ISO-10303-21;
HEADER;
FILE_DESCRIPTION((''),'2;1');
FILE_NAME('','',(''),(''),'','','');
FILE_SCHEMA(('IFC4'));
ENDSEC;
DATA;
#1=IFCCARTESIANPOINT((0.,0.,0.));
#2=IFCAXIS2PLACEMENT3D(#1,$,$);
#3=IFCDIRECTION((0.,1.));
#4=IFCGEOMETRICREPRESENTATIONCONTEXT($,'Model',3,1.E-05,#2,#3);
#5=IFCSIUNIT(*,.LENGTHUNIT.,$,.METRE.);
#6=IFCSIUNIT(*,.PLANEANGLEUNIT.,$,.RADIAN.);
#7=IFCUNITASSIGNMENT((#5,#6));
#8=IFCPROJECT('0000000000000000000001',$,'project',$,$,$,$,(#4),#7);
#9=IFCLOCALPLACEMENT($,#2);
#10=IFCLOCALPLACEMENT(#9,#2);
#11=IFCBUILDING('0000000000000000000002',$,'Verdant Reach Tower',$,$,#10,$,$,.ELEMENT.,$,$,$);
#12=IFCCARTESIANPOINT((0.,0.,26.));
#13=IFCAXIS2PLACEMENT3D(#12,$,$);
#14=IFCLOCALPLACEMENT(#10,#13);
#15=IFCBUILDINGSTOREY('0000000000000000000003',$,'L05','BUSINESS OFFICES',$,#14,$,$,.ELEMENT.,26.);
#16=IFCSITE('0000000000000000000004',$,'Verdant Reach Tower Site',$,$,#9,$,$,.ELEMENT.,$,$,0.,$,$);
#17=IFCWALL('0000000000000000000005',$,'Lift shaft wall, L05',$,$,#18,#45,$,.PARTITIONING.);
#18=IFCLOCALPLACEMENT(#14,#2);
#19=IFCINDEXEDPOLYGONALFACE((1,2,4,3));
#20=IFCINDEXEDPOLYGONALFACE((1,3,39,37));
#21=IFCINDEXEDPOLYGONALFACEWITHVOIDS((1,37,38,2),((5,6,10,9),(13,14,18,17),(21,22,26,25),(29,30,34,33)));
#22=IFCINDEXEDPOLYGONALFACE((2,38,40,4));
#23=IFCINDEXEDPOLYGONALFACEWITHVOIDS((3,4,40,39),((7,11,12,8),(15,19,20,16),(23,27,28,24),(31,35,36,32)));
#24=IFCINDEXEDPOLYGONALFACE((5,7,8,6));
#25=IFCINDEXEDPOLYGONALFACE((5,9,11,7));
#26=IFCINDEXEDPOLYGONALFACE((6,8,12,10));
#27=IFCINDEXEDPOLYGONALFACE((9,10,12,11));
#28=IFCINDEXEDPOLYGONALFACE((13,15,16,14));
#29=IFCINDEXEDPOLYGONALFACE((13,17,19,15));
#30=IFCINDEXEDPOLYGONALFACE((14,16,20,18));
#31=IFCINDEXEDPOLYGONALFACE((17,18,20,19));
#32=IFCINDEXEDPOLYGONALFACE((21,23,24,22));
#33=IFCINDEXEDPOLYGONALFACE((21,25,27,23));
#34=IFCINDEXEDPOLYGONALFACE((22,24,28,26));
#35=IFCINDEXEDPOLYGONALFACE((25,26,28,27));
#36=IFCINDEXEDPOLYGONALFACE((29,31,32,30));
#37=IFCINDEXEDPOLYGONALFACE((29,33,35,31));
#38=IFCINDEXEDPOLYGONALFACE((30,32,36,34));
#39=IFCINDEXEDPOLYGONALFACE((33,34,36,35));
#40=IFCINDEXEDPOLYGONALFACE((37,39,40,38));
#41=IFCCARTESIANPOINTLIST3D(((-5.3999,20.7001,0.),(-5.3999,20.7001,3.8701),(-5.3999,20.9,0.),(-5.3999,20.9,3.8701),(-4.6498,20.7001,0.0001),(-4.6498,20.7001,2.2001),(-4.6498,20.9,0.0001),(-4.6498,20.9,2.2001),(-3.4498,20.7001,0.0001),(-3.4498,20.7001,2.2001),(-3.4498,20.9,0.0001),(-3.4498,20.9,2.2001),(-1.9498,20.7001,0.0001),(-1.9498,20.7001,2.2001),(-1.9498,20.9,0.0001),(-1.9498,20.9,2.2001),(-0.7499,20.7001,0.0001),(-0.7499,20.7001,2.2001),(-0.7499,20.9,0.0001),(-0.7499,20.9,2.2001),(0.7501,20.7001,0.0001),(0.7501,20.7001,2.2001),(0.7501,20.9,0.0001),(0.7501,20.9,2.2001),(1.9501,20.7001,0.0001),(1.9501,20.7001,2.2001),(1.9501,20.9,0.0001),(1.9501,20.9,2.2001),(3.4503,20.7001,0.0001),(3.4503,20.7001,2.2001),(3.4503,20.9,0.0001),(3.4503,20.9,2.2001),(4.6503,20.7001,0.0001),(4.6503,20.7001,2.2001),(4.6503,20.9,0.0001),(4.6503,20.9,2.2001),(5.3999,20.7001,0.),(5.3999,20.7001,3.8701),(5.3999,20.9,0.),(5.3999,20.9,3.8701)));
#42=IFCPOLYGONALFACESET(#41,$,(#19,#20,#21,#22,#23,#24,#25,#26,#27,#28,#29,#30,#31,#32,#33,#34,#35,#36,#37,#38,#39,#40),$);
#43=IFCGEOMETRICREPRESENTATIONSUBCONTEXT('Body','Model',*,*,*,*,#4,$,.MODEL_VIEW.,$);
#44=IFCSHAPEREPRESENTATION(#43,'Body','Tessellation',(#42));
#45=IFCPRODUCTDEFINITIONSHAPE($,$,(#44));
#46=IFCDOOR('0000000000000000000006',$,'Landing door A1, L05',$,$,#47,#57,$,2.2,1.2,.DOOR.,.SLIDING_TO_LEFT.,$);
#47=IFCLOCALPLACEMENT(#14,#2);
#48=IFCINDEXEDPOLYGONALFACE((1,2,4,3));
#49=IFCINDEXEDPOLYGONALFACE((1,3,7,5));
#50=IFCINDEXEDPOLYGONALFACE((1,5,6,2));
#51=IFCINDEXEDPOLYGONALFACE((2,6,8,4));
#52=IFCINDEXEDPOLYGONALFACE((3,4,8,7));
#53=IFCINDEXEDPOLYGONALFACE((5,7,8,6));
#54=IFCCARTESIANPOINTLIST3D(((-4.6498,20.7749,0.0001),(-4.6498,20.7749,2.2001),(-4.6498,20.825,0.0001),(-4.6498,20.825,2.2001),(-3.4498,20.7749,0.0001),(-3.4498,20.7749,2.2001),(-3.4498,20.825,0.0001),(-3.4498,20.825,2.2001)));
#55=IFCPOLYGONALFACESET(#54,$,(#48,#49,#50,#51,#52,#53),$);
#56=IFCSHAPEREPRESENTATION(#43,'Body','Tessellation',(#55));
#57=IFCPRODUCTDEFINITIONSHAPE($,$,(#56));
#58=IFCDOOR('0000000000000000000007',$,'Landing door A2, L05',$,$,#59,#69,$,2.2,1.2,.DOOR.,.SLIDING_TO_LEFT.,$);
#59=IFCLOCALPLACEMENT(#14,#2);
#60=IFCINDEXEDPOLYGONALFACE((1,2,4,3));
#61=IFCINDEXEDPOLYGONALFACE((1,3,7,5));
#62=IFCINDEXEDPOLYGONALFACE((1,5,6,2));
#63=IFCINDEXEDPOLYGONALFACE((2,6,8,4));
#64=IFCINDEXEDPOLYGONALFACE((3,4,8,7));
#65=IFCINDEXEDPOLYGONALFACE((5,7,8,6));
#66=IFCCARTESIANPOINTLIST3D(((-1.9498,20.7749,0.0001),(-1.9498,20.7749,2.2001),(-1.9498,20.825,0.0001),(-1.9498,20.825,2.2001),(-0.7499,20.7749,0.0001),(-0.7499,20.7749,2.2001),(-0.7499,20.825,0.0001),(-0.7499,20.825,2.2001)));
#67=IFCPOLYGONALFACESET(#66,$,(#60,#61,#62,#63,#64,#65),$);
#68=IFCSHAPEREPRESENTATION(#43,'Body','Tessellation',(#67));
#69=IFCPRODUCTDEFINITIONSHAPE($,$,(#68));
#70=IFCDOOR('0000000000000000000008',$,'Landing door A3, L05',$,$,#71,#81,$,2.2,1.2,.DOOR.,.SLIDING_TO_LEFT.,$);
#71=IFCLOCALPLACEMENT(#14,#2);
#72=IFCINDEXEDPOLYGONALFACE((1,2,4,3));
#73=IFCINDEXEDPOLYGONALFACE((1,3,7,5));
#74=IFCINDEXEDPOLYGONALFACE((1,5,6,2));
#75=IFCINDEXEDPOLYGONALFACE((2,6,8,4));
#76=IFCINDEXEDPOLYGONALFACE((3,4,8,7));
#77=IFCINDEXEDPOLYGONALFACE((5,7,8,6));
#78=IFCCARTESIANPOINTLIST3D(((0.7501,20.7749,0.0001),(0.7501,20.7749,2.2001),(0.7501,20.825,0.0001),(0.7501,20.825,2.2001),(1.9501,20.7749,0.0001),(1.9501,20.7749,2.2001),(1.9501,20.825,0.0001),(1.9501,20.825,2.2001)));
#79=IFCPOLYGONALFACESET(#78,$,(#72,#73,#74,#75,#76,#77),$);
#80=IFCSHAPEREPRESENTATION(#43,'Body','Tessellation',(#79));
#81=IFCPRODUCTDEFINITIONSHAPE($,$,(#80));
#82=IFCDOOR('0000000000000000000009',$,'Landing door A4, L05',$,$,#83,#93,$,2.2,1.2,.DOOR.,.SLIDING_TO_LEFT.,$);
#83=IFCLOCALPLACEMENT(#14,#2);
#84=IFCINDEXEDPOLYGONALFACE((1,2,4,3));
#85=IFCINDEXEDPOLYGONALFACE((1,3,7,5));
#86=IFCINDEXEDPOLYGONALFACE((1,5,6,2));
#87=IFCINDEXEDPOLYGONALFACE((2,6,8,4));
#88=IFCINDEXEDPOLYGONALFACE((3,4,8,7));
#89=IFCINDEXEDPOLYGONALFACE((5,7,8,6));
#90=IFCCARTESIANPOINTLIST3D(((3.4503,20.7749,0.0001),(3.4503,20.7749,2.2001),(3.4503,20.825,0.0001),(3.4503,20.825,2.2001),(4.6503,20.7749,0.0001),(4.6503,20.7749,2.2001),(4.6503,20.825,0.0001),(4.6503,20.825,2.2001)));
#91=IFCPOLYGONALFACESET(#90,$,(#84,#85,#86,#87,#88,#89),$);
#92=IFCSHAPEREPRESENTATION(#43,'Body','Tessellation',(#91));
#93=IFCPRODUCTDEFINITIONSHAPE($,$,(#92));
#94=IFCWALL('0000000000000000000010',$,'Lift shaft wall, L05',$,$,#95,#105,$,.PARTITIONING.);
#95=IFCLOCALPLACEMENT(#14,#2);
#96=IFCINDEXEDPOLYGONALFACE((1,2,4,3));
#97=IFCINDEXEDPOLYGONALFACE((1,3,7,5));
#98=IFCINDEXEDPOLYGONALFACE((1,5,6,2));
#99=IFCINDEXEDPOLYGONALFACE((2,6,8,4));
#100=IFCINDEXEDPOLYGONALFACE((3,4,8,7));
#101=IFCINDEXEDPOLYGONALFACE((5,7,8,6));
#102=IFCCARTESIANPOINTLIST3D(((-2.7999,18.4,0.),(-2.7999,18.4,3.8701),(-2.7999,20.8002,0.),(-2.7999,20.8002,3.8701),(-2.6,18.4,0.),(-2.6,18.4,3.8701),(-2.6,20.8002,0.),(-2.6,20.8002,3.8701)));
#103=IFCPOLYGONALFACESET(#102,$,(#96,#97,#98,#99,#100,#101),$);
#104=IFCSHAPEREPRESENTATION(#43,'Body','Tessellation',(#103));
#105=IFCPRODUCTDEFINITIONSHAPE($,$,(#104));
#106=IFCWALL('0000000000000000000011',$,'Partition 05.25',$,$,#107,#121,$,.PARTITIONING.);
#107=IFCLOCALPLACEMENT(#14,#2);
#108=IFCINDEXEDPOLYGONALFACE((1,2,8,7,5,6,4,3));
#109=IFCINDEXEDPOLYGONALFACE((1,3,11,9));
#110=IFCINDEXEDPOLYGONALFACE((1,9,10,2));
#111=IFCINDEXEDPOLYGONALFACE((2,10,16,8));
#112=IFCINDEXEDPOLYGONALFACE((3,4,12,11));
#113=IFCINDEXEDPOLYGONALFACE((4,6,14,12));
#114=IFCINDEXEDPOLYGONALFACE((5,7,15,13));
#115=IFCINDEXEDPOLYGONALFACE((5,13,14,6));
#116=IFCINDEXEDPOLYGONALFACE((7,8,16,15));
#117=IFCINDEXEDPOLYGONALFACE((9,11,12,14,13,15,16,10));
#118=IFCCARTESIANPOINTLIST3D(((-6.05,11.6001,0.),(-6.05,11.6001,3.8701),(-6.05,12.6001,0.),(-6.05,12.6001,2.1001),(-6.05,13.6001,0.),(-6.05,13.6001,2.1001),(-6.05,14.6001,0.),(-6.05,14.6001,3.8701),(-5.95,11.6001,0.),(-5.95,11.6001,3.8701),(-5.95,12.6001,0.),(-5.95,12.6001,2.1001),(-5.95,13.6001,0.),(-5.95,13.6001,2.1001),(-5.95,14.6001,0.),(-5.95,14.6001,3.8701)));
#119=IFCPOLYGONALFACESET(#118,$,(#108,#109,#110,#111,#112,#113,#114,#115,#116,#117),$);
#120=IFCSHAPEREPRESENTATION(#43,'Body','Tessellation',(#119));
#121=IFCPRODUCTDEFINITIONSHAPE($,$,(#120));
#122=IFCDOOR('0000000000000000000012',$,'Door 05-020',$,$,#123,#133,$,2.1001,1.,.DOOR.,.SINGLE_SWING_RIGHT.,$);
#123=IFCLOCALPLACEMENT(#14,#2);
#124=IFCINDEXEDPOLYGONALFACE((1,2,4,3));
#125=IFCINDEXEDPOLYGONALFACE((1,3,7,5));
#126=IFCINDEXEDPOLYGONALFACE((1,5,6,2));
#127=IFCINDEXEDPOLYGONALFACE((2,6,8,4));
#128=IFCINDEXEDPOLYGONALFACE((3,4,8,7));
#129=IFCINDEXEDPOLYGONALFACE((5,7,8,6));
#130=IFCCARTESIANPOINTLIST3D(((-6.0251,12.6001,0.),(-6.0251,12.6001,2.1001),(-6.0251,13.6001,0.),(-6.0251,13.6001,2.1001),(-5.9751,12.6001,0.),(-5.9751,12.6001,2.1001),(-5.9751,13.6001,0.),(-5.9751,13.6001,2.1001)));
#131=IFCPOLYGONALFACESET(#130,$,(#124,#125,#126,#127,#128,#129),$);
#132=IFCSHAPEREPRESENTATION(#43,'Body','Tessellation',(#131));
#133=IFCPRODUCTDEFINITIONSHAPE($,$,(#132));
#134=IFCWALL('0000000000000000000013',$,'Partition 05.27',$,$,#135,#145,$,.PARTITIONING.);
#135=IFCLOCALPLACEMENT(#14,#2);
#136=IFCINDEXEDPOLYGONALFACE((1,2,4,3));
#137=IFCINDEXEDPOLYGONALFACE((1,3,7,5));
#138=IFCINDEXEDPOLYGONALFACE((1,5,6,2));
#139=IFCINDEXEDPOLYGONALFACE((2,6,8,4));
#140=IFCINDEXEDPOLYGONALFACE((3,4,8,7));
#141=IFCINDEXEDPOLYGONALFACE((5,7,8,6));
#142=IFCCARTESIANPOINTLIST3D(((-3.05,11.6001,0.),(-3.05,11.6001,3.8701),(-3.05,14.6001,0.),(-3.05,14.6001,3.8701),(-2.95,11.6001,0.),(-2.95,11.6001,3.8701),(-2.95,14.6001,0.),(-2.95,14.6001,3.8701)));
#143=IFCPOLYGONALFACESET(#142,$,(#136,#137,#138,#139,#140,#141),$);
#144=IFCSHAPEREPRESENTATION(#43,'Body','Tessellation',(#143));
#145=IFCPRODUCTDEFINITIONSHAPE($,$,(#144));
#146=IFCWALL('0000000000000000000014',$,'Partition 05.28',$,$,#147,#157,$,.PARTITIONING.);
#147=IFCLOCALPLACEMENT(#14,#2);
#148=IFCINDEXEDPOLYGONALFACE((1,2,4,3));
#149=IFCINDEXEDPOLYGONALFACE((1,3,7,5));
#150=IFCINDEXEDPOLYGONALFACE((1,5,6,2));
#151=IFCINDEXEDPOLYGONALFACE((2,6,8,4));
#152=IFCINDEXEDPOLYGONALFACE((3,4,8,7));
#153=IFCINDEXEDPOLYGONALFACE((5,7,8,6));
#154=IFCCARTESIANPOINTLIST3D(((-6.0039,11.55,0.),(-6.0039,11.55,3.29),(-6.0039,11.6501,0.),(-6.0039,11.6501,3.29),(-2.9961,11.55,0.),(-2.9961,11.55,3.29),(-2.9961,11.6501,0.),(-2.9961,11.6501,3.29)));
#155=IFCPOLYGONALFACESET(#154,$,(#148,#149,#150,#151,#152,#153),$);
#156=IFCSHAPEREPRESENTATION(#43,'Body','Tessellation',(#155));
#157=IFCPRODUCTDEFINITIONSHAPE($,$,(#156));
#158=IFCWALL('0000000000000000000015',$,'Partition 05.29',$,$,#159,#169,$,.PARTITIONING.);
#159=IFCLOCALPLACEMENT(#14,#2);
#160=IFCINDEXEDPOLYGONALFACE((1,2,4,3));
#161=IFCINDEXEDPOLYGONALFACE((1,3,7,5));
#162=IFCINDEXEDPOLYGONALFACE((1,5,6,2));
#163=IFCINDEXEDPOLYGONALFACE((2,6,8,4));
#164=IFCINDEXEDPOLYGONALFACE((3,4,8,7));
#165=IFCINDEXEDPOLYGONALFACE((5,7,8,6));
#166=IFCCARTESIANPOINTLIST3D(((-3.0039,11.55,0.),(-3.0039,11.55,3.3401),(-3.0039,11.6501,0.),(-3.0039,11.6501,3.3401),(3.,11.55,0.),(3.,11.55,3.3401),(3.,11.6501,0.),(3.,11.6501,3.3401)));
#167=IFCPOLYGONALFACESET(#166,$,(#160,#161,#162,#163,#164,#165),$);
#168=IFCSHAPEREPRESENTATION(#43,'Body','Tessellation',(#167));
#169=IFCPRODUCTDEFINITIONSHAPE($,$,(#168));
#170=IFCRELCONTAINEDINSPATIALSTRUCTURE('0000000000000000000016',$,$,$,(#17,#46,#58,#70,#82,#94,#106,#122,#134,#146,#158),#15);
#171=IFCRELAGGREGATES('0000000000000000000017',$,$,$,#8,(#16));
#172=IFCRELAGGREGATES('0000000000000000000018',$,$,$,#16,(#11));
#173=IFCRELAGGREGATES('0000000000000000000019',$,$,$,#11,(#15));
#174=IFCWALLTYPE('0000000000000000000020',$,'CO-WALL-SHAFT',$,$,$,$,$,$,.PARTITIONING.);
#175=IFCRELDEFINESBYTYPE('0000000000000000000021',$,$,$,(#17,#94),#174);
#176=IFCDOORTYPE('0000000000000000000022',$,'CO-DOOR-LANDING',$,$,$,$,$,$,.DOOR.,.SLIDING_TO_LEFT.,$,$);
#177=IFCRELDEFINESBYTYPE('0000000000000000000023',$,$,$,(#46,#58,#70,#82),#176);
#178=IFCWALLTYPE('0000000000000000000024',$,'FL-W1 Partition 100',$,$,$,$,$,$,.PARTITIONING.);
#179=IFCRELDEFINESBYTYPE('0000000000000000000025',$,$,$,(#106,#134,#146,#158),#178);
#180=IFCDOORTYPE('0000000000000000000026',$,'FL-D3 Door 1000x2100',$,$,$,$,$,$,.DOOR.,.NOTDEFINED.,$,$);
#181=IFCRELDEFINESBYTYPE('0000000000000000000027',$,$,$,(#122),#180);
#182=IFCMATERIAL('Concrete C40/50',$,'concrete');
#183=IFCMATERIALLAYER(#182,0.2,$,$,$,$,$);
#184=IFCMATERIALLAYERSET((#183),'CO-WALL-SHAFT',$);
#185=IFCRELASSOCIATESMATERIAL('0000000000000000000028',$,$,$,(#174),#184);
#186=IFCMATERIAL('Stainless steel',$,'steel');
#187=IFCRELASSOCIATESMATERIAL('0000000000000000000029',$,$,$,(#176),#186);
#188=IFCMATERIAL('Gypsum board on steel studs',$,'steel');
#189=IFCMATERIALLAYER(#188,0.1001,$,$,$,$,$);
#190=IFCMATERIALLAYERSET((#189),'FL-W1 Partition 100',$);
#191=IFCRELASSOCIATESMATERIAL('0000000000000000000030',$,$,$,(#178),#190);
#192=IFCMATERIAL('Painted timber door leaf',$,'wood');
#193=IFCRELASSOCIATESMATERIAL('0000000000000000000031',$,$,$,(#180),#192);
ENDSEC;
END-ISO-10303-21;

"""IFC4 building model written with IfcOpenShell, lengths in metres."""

from ifc_helpers import new_model, si_unit, direction, frame, frame_2d, origin, place, context, subcontext, project, spatial, rectangle, extrude, material, layer, layer_set, type_object, element, fill, save


model = new_model("IFC4")

# Units and contexts
model_context = context("Model", 3, precision=1e-05, world=origin(), true_north=direction((0.0, 1.0)))
body_context = subcontext(model_context, "Body", "Model", "MODEL_VIEW")
ifc_project = project(units=[si_unit("LENGTHUNIT", "METRE"), si_unit("PLANEANGLEUNIT", "RADIAN")], contexts=[model_context])

# Site, building, storey
site_placement = place(None, origin())
site = spatial("IfcSite", under=ifc_project, at=site_placement, Name="Verdant Reach Tower Site", CompositionType="ELEMENT", RefElevation=0.0)
building_placement = place(site_placement, origin())
building = spatial("IfcBuilding", under=site, at=building_placement, Name="Verdant Reach Tower", CompositionType="ELEMENT")
storey_placement = place(building_placement, frame((0.0, 0.0, 26.0)))
storey = spatial("IfcBuildingStorey", under=building, at=storey_placement, Name="L05", Description="BUSINESS OFFICES", CompositionType="ELEMENT", Elevation=26.0)

# Wall, openings, doors
ifc_material_1 = material(Name="Concrete C40/50", Category="concrete")
ifc_layer_1 = layer(ifc_material_1, 0.2)
ifc_layer_set_1 = layer_set([ifc_layer_1], Name="CO-WALL-SHAFT")
wall_type_1 = type_object("IfcWallType", Name="CO-WALL-SHAFT", PredefinedType="PARTITIONING", material=ifc_layer_set_1)
wall_1_placement = place(storey_placement, frame((-5.3999, 20.8, 0.0), z_axis=(0.0, 0.0, 1.0), x_axis=(1.0, 0.0, 0.0)))
wall_1 = element("IfcWall", 1, at=wall_1_placement, inside=storey, type_object=wall_type_1, Name="Lift shaft wall, L05", PredefinedType="PARTITIONING", context=body_context, shape_type="SweptSolid", body=[
    extrude(rectangle(XDim=10.7998, YDim=0.2, at=frame_2d((5.3999, 0.0))), origin(), (0.0, 0.0, 1.0), 3.8701),
])
opening_1_placement = place(wall_1_placement, frame((0.75, 0.0, 0.0)))
opening_1 = element("IfcOpeningElement", 2, at=opening_1_placement, cuts=wall_1, PredefinedType="OPENING", context=body_context, shape_type="SweptSolid", body=[
    extrude(rectangle(XDim=1.2, YDim=2.2, at=frame_2d((0.6001, 1.1001))), frame((0.0, 0.1099, 0.0), z_axis=(0.0, -1.0, 0.0), x_axis=(1.0, 0.0, 0.0)), (0.0, 0.0, 1.0), 0.22),
])
opening_2_placement = place(wall_1_placement, frame((3.45, 0.0, 0.0)))
opening_2 = element("IfcOpeningElement", 3, at=opening_2_placement, cuts=wall_1, PredefinedType="OPENING", context=body_context, shape_type="SweptSolid", body=[
    extrude(rectangle(XDim=1.2, YDim=2.2, at=frame_2d((0.6001, 1.1001))), frame((0.0, 0.1099, 0.0), z_axis=(0.0, -1.0, 0.0), x_axis=(1.0, 0.0, 0.0)), (0.0, 0.0, 1.0), 0.22),
])
opening_3_placement = place(wall_1_placement, frame((6.1499, 0.0, 0.0)))
opening_3 = element("IfcOpeningElement", 4, at=opening_3_placement, cuts=wall_1, PredefinedType="OPENING", context=body_context, shape_type="SweptSolid", body=[
    extrude(rectangle(XDim=1.2, YDim=2.2, at=frame_2d((0.6001, 1.1001))), frame((0.0, 0.1099, 0.0), z_axis=(0.0, -1.0, 0.0), x_axis=(1.0, 0.0, 0.0)), (0.0, 0.0, 1.0), 0.22),
])
opening_4_placement = place(wall_1_placement, frame((8.8501, 0.0, 0.0)))
opening_4 = element("IfcOpeningElement", 5, at=opening_4_placement, cuts=wall_1, PredefinedType="OPENING", context=body_context, shape_type="SweptSolid", body=[
    extrude(rectangle(XDim=1.2, YDim=2.2, at=frame_2d((0.6001, 1.1001))), frame((0.0, 0.1099, 0.0), z_axis=(0.0, -1.0, 0.0), x_axis=(1.0, 0.0, 0.0)), (0.0, 0.0, 1.0), 0.22),
])
ifc_material_2 = material(Name="Stainless steel", Category="steel")
door_type_1 = type_object("IfcDoorType", Name="CO-DOOR-LANDING", OperationType="SLIDING_TO_LEFT", PredefinedType="DOOR", material=ifc_material_2)
door_1_placement = place(opening_1_placement, origin())
door_1 = element("IfcDoor", 6, at=door_1_placement, inside=storey, type_object=door_type_1, Name="Landing door A1, L05", OperationType="SLIDING_TO_LEFT", OverallHeight=2.2, OverallWidth=1.2, PredefinedType="DOOR", context=body_context, shape_type="SweptSolid", body=[
    extrude(rectangle(XDim=1.2, YDim=2.2, at=frame_2d((0.6001, 1.1001))), frame((0.0, 0.0249, 0.0), z_axis=(0.0, -1.0, 0.0), x_axis=(1.0, 0.0, 0.0)), (0.0, 0.0, 1.0), 0.05),
])
fill(opening_1, door_1)
door_2_placement = place(opening_2_placement, origin())
door_2 = element("IfcDoor", 7, at=door_2_placement, inside=storey, type_object=door_type_1, Name="Landing door A2, L05", OperationType="SLIDING_TO_LEFT", OverallHeight=2.2, OverallWidth=1.2, PredefinedType="DOOR", context=body_context, shape_type="SweptSolid", body=[
    extrude(rectangle(XDim=1.2, YDim=2.2, at=frame_2d((0.6001, 1.1001))), frame((0.0, 0.0249, 0.0), z_axis=(0.0, -1.0, 0.0), x_axis=(1.0, 0.0, 0.0)), (0.0, 0.0, 1.0), 0.05),
])
fill(opening_2, door_2)
door_3_placement = place(opening_3_placement, origin())
door_3 = element("IfcDoor", 8, at=door_3_placement, inside=storey, type_object=door_type_1, Name="Landing door A3, L05", OperationType="SLIDING_TO_LEFT", OverallHeight=2.2, OverallWidth=1.2, PredefinedType="DOOR", context=body_context, shape_type="SweptSolid", body=[
    extrude(rectangle(XDim=1.2, YDim=2.2, at=frame_2d((0.6001, 1.1001))), frame((0.0, 0.0249, 0.0), z_axis=(0.0, -1.0, 0.0), x_axis=(1.0, 0.0, 0.0)), (0.0, 0.0, 1.0), 0.05),
])
fill(opening_3, door_3)
door_4_placement = place(opening_4_placement, origin())
door_4 = element("IfcDoor", 9, at=door_4_placement, inside=storey, type_object=door_type_1, Name="Landing door A4, L05", OperationType="SLIDING_TO_LEFT", OverallHeight=2.2, OverallWidth=1.2, PredefinedType="DOOR", context=body_context, shape_type="SweptSolid", body=[
    extrude(rectangle(XDim=1.2, YDim=2.2, at=frame_2d((0.6001, 1.1001))), frame((0.0, 0.0249, 0.0), z_axis=(0.0, -1.0, 0.0), x_axis=(1.0, 0.0, 0.0)), (0.0, 0.0, 1.0), 0.05),
])
fill(opening_4, door_4)

# Wall
wall_2_placement = place(storey_placement, frame((-2.7, 18.3999, 0.0), z_axis=(0.0, 0.0, 1.0), x_axis=(0.0, 1.0, 0.0)))
element("IfcWall", 10, at=wall_2_placement, inside=storey, type_object=wall_type_1, Name="Lift shaft wall, L05", PredefinedType="PARTITIONING", context=body_context, shape_type="SweptSolid", body=[
    extrude(rectangle(XDim=2.4001, YDim=0.2, at=frame_2d((1.2002, 0.0))), origin(), (0.0, 0.0, 1.0), 3.8701),
])

# Wall, opening, door
ifc_material_3 = material(Name="Gypsum board on steel studs", Category="steel")
ifc_layer_2 = layer(ifc_material_3, 0.1001)
ifc_layer_set_2 = layer_set([ifc_layer_2], Name="FL-W1 Partition 100")
wall_type_2 = type_object("IfcWallType", Name="FL-W1 Partition 100", PredefinedType="PARTITIONING", material=ifc_layer_set_2)
wall_3_placement = place(storey_placement, frame((-6.0, 14.6001, 0.0), z_axis=(0.0, 0.0, 1.0), x_axis=(0.0, -1.0, 0.0)))
wall_3 = element("IfcWall", 11, at=wall_3_placement, inside=storey, type_object=wall_type_2, Name="Partition 05.25", PredefinedType="PARTITIONING", context=body_context, shape_type="SweptSolid", body=[
    extrude(rectangle(XDim=3.0, YDim=0.1001, at=frame_2d((1.5, 0.0))), origin(), (0.0, 0.0, 1.0), 3.8701),
])
opening_5_placement = place(wall_3_placement, frame((1.0, 0.0, 0.0)))
opening_5 = element("IfcOpeningElement", 12, at=opening_5_placement, cuts=wall_3, PredefinedType="OPENING", context=body_context, shape_type="SweptSolid", body=[
    extrude(rectangle(XDim=1.0, YDim=2.1001, at=frame_2d((0.5, 1.05))), frame((0.0, 0.0601, 0.0), z_axis=(0.0, -1.0, 0.0), x_axis=(1.0, 0.0, 0.0)), (0.0, 0.0, 1.0), 0.1201),
])
ifc_material_4 = material(Name="Painted timber door leaf", Category="wood")
door_type_2 = type_object("IfcDoorType", Name="FL-D3 Door 1000x2100", OperationType="NOTDEFINED", PredefinedType="DOOR", material=ifc_material_4)
door_5_placement = place(opening_5_placement, origin())
door_5 = element("IfcDoor", 13, at=door_5_placement, inside=storey, type_object=door_type_2, Name="Door 05-020", OperationType="SINGLE_SWING_RIGHT", OverallHeight=2.1001, OverallWidth=1.0, PredefinedType="DOOR", context=body_context, shape_type="SweptSolid", body=[
    extrude(rectangle(XDim=1.0, YDim=2.1001, at=frame_2d((0.5, 1.05))), frame((0.0, 0.0249, 0.0), z_axis=(0.0, -1.0, 0.0), x_axis=(1.0, 0.0, 0.0)), (0.0, 0.0, 1.0), 0.05),
])
fill(opening_5, door_5)

# Walls
wall_4_placement = place(storey_placement, frame((-3.0, 11.6001, 0.0), z_axis=(0.0, 0.0, 1.0), x_axis=(0.0, 1.0, 0.0)))
element("IfcWall", 14, at=wall_4_placement, inside=storey, type_object=wall_type_2, Name="Partition 05.27", PredefinedType="PARTITIONING", context=body_context, shape_type="SweptSolid", body=[
    extrude(rectangle(XDim=3.0, YDim=0.1001, at=frame_2d((1.5, 0.0))), origin(), (0.0, 0.0, 1.0), 3.8701),
])
wall_5_placement = place(storey_placement, frame((-6.0039, 11.6001, 0.0), z_axis=(0.0, 0.0, 1.0), x_axis=(1.0, 0.0, 0.0)))
element("IfcWall", 15, at=wall_5_placement, inside=storey, type_object=wall_type_2, Name="Partition 05.28", PredefinedType="PARTITIONING", context=body_context, shape_type="SweptSolid", body=[
    extrude(rectangle(XDim=3.0078, YDim=0.1001, at=frame_2d((1.5039, 0.0))), origin(), (0.0, 0.0, 1.0), 3.29),
])
wall_6_placement = place(storey_placement, frame((-3.0039, 11.6001, 0.0), z_axis=(0.0, 0.0, 1.0), x_axis=(1.0, 0.0, 0.0)))
element("IfcWall", 16, at=wall_6_placement, inside=storey, type_object=wall_type_2, Name="Partition 05.29", PredefinedType="PARTITIONING", context=body_context, shape_type="SweptSolid", body=[
    extrude(rectangle(XDim=6.0039, YDim=0.1001, at=frame_2d((3.002, 0.0))), origin(), (0.0, 0.0, 1.0), 3.3401),
])

save(model, "model.ifc")
